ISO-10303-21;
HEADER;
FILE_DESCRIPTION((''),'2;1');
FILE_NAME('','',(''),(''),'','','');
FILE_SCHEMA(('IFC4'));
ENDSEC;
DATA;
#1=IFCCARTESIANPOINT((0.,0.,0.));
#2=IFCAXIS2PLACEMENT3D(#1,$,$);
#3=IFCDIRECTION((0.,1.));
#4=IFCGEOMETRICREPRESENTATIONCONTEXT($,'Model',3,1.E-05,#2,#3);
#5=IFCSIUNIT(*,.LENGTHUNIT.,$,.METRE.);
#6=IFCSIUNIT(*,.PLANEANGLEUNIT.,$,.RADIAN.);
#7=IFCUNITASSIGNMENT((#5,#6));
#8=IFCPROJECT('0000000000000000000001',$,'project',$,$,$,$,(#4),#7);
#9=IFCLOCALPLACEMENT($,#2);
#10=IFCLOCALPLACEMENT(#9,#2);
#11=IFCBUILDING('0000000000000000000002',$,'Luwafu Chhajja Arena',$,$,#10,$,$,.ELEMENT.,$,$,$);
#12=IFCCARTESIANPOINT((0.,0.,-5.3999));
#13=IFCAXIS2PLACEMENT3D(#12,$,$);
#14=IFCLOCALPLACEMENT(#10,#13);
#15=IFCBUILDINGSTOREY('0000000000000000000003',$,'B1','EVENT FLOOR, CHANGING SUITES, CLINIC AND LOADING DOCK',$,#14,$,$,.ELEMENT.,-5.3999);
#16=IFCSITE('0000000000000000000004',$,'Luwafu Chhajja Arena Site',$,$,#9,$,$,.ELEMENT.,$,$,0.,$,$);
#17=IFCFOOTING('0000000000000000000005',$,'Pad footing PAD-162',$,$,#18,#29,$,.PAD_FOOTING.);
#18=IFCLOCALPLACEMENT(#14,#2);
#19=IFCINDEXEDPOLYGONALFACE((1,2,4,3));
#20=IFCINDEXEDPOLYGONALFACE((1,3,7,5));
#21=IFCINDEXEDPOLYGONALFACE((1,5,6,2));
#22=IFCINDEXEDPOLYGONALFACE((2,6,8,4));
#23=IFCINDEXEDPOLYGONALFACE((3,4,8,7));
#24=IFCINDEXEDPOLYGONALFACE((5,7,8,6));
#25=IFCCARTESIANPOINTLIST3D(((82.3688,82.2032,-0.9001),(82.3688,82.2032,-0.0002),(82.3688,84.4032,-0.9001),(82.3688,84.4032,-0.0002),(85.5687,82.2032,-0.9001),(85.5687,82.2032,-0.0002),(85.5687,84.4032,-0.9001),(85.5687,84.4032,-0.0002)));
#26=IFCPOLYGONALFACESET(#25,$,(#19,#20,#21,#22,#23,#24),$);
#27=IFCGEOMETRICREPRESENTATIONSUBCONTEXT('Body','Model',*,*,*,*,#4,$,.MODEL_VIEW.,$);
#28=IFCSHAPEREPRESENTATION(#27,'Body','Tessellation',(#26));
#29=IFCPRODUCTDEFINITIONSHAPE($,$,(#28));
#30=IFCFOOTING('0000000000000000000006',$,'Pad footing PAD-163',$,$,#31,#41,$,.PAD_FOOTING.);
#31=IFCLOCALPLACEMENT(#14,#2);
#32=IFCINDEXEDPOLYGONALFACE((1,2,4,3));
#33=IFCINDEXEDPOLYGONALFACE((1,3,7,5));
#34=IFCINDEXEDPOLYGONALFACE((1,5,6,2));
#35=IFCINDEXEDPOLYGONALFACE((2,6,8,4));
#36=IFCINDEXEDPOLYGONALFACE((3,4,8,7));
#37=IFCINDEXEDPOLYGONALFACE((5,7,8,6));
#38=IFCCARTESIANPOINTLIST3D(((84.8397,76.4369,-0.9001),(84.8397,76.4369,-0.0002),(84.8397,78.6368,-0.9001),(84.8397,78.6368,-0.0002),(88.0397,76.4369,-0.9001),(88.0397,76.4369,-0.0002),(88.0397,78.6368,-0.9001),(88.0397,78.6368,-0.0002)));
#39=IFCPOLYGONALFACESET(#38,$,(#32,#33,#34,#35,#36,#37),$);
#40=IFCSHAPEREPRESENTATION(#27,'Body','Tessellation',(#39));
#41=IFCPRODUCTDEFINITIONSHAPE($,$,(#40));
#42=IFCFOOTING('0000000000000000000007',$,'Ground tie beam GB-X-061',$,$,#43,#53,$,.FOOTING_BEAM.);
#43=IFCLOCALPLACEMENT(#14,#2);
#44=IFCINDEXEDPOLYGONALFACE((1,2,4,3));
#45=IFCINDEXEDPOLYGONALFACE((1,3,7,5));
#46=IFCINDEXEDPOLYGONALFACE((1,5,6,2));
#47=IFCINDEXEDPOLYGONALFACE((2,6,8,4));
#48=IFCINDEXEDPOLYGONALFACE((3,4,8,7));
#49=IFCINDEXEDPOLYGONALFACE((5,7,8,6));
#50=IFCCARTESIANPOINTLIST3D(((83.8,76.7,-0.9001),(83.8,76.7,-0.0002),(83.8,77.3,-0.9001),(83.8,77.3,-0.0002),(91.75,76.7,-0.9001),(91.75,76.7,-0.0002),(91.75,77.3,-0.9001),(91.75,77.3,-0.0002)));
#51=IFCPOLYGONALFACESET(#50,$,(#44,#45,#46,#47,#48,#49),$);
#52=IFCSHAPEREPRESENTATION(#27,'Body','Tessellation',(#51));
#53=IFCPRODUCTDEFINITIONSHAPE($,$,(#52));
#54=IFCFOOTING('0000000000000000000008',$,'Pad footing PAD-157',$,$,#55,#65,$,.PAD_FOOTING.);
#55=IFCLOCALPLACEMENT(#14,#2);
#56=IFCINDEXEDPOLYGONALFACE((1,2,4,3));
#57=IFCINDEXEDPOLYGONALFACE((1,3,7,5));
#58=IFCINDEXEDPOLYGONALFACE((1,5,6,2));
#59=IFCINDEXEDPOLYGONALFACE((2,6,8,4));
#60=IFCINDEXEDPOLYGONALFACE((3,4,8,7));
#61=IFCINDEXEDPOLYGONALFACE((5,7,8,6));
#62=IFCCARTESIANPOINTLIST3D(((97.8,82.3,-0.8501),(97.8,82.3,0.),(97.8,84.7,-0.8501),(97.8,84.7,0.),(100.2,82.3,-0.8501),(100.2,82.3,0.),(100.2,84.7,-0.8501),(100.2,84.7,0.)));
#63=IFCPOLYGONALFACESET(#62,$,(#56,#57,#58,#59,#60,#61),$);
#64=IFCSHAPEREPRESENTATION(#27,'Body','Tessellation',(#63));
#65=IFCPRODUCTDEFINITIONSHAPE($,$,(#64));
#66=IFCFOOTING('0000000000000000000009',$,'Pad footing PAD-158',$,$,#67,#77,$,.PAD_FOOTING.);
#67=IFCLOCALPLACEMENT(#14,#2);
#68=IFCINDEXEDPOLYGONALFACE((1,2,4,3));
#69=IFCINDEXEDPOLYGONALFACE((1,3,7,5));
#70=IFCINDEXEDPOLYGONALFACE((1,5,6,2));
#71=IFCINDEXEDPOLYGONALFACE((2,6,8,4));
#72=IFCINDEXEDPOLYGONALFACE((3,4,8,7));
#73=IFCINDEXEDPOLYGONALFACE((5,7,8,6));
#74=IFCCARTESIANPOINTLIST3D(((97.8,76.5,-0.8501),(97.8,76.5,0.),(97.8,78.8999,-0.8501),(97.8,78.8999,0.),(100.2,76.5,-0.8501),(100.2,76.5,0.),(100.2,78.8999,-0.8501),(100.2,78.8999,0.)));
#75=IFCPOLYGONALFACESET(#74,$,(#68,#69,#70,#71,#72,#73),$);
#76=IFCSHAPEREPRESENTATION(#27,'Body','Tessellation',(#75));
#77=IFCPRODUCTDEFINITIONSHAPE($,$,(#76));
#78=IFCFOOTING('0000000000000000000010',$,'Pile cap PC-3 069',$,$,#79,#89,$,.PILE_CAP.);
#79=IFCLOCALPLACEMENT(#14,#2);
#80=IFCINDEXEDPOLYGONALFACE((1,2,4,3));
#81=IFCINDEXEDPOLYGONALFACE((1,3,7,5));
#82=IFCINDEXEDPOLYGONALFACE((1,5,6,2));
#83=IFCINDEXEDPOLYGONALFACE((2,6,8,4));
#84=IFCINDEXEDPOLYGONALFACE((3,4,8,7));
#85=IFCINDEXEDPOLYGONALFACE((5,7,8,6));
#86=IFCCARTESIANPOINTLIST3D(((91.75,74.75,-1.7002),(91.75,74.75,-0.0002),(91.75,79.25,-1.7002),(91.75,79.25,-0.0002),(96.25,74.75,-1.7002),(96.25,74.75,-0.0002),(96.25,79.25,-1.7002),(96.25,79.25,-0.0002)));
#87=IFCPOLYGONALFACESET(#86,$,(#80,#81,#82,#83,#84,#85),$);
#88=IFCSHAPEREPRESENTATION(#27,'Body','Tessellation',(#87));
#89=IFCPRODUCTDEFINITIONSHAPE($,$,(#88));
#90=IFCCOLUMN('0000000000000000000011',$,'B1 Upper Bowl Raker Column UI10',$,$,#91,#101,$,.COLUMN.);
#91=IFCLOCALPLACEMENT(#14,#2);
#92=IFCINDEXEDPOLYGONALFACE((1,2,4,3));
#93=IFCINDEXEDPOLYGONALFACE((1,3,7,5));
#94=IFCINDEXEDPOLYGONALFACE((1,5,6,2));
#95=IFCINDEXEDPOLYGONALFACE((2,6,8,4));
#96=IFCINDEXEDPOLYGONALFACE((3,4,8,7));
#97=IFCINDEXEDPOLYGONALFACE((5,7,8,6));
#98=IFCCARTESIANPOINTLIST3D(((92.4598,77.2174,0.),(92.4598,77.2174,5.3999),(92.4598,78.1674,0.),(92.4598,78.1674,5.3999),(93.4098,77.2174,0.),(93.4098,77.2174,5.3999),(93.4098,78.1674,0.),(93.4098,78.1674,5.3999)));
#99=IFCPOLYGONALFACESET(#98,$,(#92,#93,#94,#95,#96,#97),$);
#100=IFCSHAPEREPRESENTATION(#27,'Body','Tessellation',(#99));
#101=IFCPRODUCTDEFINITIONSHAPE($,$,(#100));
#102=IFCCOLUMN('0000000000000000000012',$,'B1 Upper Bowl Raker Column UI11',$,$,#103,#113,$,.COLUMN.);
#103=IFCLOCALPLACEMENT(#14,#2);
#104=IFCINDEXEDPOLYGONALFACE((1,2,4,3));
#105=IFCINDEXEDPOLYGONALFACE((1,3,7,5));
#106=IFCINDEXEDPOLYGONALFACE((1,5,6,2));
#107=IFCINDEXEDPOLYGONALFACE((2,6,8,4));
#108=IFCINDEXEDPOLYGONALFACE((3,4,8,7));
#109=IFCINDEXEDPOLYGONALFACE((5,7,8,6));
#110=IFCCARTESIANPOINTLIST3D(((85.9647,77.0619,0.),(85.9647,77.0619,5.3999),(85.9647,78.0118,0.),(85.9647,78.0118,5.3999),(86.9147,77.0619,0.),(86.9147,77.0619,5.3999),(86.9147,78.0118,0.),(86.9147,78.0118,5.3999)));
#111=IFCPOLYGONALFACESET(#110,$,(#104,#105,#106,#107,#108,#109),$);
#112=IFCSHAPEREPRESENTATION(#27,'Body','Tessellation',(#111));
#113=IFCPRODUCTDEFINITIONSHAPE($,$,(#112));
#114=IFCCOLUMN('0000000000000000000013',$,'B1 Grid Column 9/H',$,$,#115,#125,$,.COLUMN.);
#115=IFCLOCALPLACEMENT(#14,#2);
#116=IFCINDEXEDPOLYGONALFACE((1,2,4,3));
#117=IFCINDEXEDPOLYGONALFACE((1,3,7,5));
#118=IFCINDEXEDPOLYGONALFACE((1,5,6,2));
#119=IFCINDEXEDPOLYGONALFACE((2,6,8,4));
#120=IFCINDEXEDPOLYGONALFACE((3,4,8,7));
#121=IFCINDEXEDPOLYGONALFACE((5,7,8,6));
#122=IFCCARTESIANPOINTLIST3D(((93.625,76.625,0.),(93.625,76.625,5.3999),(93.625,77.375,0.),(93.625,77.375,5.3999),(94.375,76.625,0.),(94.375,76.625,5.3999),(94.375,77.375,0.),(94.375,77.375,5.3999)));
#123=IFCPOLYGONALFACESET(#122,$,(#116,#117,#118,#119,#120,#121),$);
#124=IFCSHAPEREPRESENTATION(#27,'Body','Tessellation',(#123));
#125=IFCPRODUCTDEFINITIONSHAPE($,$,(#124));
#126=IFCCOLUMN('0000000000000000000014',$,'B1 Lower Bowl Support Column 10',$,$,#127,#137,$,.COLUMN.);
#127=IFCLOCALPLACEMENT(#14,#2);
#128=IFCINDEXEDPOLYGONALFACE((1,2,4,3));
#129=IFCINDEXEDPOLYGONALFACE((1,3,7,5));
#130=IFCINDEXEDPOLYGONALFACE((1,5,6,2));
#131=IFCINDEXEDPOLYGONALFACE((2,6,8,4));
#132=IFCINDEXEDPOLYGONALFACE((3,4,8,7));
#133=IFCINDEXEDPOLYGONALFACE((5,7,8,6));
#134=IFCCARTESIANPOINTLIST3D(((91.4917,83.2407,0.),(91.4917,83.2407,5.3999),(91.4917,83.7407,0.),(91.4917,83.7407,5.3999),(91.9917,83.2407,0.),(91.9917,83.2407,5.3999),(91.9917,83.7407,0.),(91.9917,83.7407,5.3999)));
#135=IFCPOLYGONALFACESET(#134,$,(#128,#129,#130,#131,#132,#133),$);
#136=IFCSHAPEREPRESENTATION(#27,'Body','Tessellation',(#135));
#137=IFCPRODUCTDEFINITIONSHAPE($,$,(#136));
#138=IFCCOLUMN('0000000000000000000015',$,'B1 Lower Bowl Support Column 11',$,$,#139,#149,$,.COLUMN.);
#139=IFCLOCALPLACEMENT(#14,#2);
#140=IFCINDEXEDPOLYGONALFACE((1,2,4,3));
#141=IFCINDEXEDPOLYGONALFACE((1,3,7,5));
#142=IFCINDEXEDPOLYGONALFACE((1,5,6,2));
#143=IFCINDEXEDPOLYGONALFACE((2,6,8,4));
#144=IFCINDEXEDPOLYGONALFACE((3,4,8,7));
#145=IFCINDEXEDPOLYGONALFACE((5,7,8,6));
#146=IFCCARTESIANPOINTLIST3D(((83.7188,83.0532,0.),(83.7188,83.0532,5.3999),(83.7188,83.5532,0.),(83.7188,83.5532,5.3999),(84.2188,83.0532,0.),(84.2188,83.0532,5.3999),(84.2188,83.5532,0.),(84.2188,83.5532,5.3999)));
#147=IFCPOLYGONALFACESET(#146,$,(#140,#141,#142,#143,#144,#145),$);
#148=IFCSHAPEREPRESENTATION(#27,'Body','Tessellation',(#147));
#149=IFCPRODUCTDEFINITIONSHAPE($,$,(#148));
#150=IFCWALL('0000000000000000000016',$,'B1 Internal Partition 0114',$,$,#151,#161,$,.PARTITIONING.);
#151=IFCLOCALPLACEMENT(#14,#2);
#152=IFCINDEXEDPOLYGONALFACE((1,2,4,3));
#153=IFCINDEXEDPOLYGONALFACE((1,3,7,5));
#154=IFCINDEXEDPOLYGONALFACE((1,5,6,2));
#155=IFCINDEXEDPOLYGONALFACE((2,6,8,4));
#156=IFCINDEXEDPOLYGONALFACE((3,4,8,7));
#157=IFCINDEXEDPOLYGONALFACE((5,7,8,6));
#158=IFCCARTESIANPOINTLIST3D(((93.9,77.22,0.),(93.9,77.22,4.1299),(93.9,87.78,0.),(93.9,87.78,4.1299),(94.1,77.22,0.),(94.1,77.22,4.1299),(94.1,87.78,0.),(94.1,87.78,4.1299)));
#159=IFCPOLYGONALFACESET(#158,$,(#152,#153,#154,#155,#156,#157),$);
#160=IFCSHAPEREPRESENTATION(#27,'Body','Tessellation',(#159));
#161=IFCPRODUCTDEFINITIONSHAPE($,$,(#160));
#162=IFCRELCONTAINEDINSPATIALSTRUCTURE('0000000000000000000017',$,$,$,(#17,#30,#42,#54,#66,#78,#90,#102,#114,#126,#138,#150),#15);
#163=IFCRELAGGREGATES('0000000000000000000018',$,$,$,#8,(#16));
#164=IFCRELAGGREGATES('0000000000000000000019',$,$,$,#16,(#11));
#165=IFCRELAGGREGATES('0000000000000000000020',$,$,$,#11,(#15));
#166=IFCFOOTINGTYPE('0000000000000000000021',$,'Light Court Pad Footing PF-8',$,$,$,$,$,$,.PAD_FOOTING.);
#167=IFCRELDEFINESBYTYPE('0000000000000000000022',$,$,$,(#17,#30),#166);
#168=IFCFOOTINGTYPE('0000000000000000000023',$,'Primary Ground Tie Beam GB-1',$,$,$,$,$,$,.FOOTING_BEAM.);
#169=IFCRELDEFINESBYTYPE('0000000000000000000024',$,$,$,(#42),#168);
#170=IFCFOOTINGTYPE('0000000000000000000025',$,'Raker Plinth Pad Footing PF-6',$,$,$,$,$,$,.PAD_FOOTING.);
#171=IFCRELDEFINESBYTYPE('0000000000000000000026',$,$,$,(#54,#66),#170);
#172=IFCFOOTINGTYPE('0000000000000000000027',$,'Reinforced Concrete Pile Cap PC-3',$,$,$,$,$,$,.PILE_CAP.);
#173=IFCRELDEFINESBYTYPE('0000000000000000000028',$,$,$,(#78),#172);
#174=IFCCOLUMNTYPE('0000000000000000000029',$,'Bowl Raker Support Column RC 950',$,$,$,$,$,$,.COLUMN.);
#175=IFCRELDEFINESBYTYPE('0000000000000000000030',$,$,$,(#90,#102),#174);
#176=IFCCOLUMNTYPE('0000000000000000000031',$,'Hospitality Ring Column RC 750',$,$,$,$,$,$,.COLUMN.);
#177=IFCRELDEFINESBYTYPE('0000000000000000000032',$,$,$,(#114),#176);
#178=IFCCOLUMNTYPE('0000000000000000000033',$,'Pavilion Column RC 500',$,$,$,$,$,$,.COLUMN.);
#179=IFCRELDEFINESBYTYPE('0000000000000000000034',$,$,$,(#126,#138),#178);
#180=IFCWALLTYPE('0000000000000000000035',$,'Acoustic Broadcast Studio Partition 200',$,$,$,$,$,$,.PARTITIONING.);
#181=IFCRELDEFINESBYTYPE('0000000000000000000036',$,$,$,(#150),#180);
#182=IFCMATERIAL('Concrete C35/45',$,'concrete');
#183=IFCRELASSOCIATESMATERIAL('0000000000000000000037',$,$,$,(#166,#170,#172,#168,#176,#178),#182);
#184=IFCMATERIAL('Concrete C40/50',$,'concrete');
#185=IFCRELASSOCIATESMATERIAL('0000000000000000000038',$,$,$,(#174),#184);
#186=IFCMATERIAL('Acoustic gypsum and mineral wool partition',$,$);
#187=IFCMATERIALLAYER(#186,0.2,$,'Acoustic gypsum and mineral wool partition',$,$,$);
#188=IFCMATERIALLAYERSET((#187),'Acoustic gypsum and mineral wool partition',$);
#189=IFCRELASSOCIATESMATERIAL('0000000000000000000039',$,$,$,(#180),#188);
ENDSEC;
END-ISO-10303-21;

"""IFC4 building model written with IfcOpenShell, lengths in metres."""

from ifc_helpers import new_model, si_unit, direction, frame, frame_2d, origin, origin_2d, place, context, subcontext, project, spatial, rectangle, extrude, material, layer, layer_set, material_profile, profile_set, type_object, element, save


model = new_model("IFC4")

# Units and contexts
model_context = context("Model", 3, precision=1e-05, world=origin(), true_north=direction((0.0, 1.0)))
body_context = subcontext(model_context, "Body", "Model", "MODEL_VIEW")
ifc_project = project(units=[si_unit("LENGTHUNIT", "METRE"), si_unit("PLANEANGLEUNIT", "RADIAN")], contexts=[model_context])

# Site, building, storey
site_placement = place(None, origin())
site = spatial("IfcSite", under=ifc_project, at=site_placement, Name="Luwafu Chhajja Arena Site", CompositionType="ELEMENT", RefElevation=0.0)
building_placement = place(site_placement, origin())
building = spatial("IfcBuilding", under=site, at=building_placement, Name="Luwafu Chhajja Arena", CompositionType="ELEMENT")
storey_placement = place(building_placement, frame((0.0, 0.0, -5.3999)))
storey = spatial("IfcBuildingStorey", under=building, at=storey_placement, Name="B1", Description="EVENT FLOOR, CHANGING SUITES, CLINIC AND LOADING DOCK", CompositionType="ELEMENT", Elevation=-5.3999)

# Shared definitions
ifc_material_1 = material(Name="Concrete C35/45", Category="concrete")

# Footings
footing_type_1 = type_object("IfcFootingType", Name="Light Court Pad Footing PF-8", PredefinedType="PAD_FOOTING", material=ifc_material_1)
for number, where, z_axis, x_axis, name in (
    (1, (83.9688, 83.3032, -0.9001), (0.0, 0.0, 1.0), (1.0, 0.0, 0.0), "Pad footing PAD-162"),
    (2, (86.4397, 77.5369, -0.9001), (0.0, 0.0, 1.0), (1.0, 0.0, 0.0), "Pad footing PAD-163"),
):
    element("IfcFooting", number, at=place(storey_placement, frame(where, z_axis=z_axis, x_axis=x_axis)), inside=storey, type_object=footing_type_1, Name=name, PredefinedType="PAD_FOOTING", context=body_context, shape_type="SweptSolid", body=[
        extrude(rectangle(XDim=3.2, YDim=2.2, at=origin_2d()), origin(), (0.0, 0.0, 1.0), 0.8999),
    ])
ifc_material_profile_1 = material_profile(ifc_material_1, rectangle(XDim=0.6001, YDim=0.8999, at=origin_2d()), Name="RC 600x900")
ifc_profile_set_1 = profile_set([ifc_material_profile_1], Name="Concrete C35/45")
footing_type_2 = type_object("IfcFootingType", Name="Primary Ground Tie Beam GB-1", PredefinedType="FOOTING_BEAM", material=ifc_profile_set_1)
footing_1_placement = place(storey_placement, frame((83.8, 77.0, -0.4502), z_axis=(1.0, 0.0, 0.0), x_axis=(0.0, 1.0, 0.0)))
element("IfcFooting", 3, at=footing_1_placement, inside=storey, type_object=footing_type_2, Name="Ground tie beam GB-X-061", PredefinedType="FOOTING_BEAM", context=body_context, shape_type="SweptSolid", body=[
    extrude(rectangle(XDim=0.6001, YDim=0.8999, at=origin_2d()), origin(), (0.0, 0.0, 1.0), 7.95),
])
footing_type_3 = type_object("IfcFootingType", Name="Raker Plinth Pad Footing PF-6", PredefinedType="PAD_FOOTING", material=ifc_material_1)
for number, where, z_axis, x_axis, name in (
    (4, (99.0, 83.5, -0.8501), (0.0, 0.0, 1.0), (1.0, 0.0, 0.0), "Pad footing PAD-157"),
    (5, (99.0, 77.7, -0.8501), (0.0, 0.0, 1.0), (1.0, 0.0, 0.0), "Pad footing PAD-158"),
):
    element("IfcFooting", number, at=place(storey_placement, frame(where, z_axis=z_axis, x_axis=x_axis)), inside=storey, type_object=footing_type_3, Name=name, PredefinedType="PAD_FOOTING", context=body_context, shape_type="SweptSolid", body=[
        extrude(rectangle(XDim=2.3999, YDim=2.3999, at=origin_2d()), origin(), (0.0, 0.0, 1.0), 0.8501),
    ])
footing_type_4 = type_object("IfcFootingType", Name="Reinforced Concrete Pile Cap PC-3", PredefinedType="PILE_CAP", material=ifc_material_1)
footing_2_placement = place(storey_placement, frame((94.0, 77.0, -1.7002), z_axis=(0.0, 0.0, 1.0), x_axis=(1.0, 0.0, 0.0)))
element("IfcFooting", 6, at=footing_2_placement, inside=storey, type_object=footing_type_4, Name="Pile cap PC-3 069", PredefinedType="PILE_CAP", context=body_context, shape_type="SweptSolid", body=[
    extrude(rectangle(XDim=4.5, YDim=4.5, at=origin_2d()), origin(), (0.0, 0.0, 1.0), 1.7),
])

# Columns
ifc_material_2 = material(Name="Concrete C40/50", Category="concrete")
ifc_material_profile_2 = material_profile(ifc_material_2, rectangle(XDim=0.95, YDim=0.95, at=origin_2d()), Name="RC 950x950")
ifc_profile_set_2 = profile_set([ifc_material_profile_2], Name="Concrete C40/50")
column_type_1 = type_object("IfcColumnType", Name="Bowl Raker Support Column RC 950", PredefinedType="COLUMN", material=ifc_profile_set_2)
for number, where, z_axis, x_axis, name in (
    (7, (92.9348, 77.6924, 0.0), (0.0, 0.0, 1.0), (1.0, 0.0, 0.0), "B1 Upper Bowl Raker Column UI10"),
    (8, (86.4397, 77.5369, 0.0), (0.0, 0.0, 1.0), (1.0, 0.0, 0.0), "B1 Upper Bowl Raker Column UI11"),
):
    element("IfcColumn", number, at=place(storey_placement, frame(where, z_axis=z_axis, x_axis=x_axis)), inside=storey, type_object=column_type_1, Name=name, PredefinedType="COLUMN", context=body_context, shape_type="SweptSolid", body=[
        extrude(rectangle(XDim=0.95, YDim=0.95, at=origin_2d()), origin(), (0.0, 0.0, 1.0), 5.3999),
    ])
ifc_material_profile_3 = material_profile(ifc_material_1, rectangle(XDim=0.75, YDim=0.75, at=origin_2d()), Name="RC 750x750")
ifc_profile_set_3 = profile_set([ifc_material_profile_3], Name="Concrete C35/45")
column_type_2 = type_object("IfcColumnType", Name="Hospitality Ring Column RC 750", PredefinedType="COLUMN", material=ifc_profile_set_3)
column_placement = place(storey_placement, frame((94.0, 77.0, 0.0), z_axis=(0.0, 0.0, 1.0), x_axis=(1.0, 0.0, 0.0)))
element("IfcColumn", 9, at=column_placement, inside=storey, type_object=column_type_2, Name="B1 Grid Column 9/H", PredefinedType="COLUMN", context=body_context, shape_type="SweptSolid", body=[
    extrude(rectangle(XDim=0.75, YDim=0.75, at=origin_2d()), origin(), (0.0, 0.0, 1.0), 5.3999),
])
ifc_material_profile_4 = material_profile(ifc_material_1, rectangle(XDim=0.5, YDim=0.5, at=origin_2d()), Name="RC 500x500")
ifc_profile_set_4 = profile_set([ifc_material_profile_4], Name="Concrete C35/45")
column_type_3 = type_object("IfcColumnType", Name="Pavilion Column RC 500", PredefinedType="COLUMN", material=ifc_profile_set_4)
for number, where, z_axis, x_axis, name in (
    (10, (91.7417, 83.4907, 0.0), (0.0, 0.0, 1.0), (1.0, 0.0, 0.0), "B1 Lower Bowl Support Column 10"),
    (11, (83.9688, 83.3032, 0.0), (0.0, 0.0, 1.0), (1.0, 0.0, 0.0), "B1 Lower Bowl Support Column 11"),
):
    element("IfcColumn", number, at=place(storey_placement, frame(where, z_axis=z_axis, x_axis=x_axis)), inside=storey, type_object=column_type_3, Name=name, PredefinedType="COLUMN", context=body_context, shape_type="SweptSolid", body=[
        extrude(rectangle(XDim=0.5, YDim=0.5, at=origin_2d()), origin(), (0.0, 0.0, 1.0), 5.3999),
    ])

# Wall
ifc_material_3 = material(Name="Acoustic gypsum and mineral wool partition")
ifc_layer_1 = layer(ifc_material_3, 0.2, Name="Acoustic gypsum and mineral wool partition")
ifc_layer_set_1 = layer_set([ifc_layer_1], Name="Acoustic gypsum and mineral wool partition")
wall_type_1 = type_object("IfcWallType", Name="Acoustic Broadcast Studio Partition 200", PredefinedType="PARTITIONING", material=ifc_layer_set_1)
wall_1_placement = place(storey_placement, frame((94.0, 77.22, 0.0), z_axis=(0.0, 0.0, 1.0), x_axis=(0.0, 1.0, 0.0)))
element("IfcWall", 12, at=wall_1_placement, inside=storey, type_object=wall_type_1, Name="B1 Internal Partition 0114", PredefinedType="PARTITIONING", context=body_context, shape_type="SweptSolid", body=[
    extrude(rectangle(XDim=10.5601, YDim=0.2, at=frame_2d((5.28, 0.0))), origin(), (0.0, 0.0, 1.0), 4.1299),
])

save(model, "model.ifc")
